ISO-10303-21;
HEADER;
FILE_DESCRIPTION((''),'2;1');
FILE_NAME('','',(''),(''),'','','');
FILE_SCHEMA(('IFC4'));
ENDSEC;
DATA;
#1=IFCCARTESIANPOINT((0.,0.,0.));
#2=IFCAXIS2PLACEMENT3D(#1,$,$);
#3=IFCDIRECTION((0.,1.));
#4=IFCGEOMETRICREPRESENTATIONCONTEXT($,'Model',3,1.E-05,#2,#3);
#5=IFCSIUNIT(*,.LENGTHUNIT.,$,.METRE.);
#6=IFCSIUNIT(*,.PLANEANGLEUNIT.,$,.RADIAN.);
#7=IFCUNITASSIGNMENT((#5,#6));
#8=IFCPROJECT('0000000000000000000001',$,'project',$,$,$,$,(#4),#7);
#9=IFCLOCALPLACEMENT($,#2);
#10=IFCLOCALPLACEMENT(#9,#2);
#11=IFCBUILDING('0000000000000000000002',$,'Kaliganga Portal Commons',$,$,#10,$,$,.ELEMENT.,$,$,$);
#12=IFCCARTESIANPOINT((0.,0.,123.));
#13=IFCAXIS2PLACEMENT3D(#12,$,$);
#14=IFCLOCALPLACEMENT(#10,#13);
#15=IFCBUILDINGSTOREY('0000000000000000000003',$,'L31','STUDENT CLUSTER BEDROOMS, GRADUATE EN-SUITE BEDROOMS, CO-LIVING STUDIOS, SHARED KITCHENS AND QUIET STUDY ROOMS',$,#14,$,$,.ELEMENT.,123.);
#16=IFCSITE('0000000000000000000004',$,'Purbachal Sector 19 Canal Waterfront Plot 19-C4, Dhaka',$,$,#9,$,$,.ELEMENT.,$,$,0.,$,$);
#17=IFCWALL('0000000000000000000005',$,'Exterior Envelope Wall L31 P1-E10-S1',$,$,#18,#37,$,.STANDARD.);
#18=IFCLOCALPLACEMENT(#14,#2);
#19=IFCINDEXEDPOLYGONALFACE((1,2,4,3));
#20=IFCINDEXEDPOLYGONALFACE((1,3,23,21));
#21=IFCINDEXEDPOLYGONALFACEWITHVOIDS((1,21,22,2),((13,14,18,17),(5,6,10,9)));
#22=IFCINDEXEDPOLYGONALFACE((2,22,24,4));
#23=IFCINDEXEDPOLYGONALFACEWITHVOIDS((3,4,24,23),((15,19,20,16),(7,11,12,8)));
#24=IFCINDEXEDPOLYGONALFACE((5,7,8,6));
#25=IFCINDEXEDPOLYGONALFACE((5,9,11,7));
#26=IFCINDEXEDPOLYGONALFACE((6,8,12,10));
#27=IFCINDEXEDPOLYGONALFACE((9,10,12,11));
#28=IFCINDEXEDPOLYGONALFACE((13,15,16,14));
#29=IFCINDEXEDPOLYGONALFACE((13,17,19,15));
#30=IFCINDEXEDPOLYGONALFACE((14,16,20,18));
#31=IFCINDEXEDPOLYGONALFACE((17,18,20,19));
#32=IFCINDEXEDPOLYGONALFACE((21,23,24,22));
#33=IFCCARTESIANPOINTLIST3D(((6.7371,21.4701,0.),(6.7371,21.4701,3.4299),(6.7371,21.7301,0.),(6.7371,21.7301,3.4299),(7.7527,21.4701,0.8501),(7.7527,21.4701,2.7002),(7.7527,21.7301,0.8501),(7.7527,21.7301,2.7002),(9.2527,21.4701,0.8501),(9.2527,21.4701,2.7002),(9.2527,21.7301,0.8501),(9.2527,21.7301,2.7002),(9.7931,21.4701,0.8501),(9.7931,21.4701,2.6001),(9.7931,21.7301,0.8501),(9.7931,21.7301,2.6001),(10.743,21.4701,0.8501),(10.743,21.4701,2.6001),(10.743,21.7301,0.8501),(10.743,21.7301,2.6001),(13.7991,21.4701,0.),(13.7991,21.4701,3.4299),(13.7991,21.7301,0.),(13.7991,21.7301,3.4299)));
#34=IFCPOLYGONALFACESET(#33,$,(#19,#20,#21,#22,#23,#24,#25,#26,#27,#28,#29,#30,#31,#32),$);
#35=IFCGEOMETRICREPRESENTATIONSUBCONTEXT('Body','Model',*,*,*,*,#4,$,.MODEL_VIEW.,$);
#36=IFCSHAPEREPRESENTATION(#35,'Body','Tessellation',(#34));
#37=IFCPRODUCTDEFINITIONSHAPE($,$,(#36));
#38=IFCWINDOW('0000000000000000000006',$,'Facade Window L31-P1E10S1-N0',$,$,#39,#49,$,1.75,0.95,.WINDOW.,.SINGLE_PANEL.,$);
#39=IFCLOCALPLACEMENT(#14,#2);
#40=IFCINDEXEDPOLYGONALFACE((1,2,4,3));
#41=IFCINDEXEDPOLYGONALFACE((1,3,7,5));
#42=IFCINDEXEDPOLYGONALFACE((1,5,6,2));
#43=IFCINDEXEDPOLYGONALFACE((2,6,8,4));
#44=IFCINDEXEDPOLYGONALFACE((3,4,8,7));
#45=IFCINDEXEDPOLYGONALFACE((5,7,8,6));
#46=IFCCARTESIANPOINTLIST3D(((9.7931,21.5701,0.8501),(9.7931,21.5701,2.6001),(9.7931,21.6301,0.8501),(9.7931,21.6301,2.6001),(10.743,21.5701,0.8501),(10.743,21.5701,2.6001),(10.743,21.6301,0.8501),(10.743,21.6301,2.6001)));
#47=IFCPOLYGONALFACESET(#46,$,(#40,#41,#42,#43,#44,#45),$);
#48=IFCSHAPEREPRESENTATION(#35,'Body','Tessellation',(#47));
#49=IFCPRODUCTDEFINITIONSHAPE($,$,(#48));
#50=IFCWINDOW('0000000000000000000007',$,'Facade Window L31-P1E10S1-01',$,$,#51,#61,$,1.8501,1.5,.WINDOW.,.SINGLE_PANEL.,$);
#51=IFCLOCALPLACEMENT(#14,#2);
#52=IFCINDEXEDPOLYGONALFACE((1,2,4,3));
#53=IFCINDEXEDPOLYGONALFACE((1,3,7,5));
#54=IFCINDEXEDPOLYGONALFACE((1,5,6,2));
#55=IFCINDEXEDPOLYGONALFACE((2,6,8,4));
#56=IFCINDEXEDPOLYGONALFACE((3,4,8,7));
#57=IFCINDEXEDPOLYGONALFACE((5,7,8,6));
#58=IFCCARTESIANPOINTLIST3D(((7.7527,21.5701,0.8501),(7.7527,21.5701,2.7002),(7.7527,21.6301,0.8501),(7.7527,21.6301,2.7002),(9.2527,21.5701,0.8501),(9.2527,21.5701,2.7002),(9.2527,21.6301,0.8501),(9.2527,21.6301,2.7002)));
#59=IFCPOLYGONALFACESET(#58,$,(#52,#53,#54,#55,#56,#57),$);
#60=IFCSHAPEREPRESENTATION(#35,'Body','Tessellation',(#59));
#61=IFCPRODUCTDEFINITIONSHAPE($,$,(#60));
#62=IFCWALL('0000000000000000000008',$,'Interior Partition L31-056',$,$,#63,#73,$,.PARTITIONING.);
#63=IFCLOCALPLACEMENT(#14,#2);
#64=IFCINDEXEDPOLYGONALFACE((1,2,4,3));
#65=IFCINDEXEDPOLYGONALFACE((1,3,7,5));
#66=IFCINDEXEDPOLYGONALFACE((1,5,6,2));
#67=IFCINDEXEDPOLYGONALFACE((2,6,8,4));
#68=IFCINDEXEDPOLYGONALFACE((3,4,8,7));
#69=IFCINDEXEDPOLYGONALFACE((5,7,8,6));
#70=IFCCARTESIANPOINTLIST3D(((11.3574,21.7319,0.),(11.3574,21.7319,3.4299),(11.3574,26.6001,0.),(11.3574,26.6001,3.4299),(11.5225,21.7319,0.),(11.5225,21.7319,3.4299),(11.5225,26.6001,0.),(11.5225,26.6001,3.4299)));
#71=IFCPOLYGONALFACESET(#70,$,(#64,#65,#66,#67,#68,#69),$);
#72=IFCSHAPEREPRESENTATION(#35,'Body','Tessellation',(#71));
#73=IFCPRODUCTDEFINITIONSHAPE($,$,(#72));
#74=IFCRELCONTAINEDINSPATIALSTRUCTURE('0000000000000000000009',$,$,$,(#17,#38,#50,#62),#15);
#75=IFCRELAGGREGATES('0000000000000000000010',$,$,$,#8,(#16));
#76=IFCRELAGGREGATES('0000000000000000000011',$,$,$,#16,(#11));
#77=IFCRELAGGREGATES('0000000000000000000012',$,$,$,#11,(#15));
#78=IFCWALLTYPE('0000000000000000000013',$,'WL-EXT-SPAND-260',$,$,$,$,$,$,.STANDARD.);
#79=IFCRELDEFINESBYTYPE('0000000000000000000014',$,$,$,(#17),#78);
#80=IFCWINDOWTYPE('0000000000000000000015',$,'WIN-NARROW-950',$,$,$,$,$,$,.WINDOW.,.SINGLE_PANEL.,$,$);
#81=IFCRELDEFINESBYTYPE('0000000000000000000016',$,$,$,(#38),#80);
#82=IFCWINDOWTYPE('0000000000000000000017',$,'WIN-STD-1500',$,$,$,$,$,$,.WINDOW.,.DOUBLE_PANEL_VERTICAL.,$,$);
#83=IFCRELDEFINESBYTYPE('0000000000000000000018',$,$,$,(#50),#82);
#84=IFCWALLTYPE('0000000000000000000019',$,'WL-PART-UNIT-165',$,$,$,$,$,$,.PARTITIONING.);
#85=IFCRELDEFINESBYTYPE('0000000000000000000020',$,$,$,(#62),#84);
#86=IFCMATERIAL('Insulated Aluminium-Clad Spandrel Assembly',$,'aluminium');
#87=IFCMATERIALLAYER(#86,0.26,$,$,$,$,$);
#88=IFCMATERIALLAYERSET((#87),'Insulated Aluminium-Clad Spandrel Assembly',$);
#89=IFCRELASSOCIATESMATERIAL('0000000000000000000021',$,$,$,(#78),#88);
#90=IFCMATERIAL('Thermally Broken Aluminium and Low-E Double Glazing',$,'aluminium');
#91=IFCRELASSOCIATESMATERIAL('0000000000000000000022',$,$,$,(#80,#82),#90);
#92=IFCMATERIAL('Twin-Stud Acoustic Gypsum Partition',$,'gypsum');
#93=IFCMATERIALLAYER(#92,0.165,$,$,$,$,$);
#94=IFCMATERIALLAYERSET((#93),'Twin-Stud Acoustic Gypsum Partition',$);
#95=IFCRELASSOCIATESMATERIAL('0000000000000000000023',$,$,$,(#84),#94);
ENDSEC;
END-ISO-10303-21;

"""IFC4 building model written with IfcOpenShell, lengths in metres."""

from ifc_helpers import new_model, si_unit, direction, frame, frame_2d, origin, place, context, subcontext, project, spatial, rectangle, extrude, material, layer, layer_set, type_object, element, fill, save


model = new_model("IFC4")

# Units and contexts
model_context = context("Model", 3, precision=1e-05, world=origin(), true_north=direction((0.0, 1.0)))
body_context = subcontext(model_context, "Body", "Model", "MODEL_VIEW")
ifc_project = project(units=[si_unit("LENGTHUNIT", "METRE"), si_unit("PLANEANGLEUNIT", "RADIAN")], contexts=[model_context])

# Site, building, storey
site_placement = place(None, origin())
site = spatial("IfcSite", under=ifc_project, at=site_placement, Name="Purbachal Sector 19 Canal Waterfront Plot 19-C4, Dhaka", CompositionType="ELEMENT", RefElevation=0.0)
building_placement = place(site_placement, origin())
building = spatial("IfcBuilding", under=site, at=building_placement, Name="Kaliganga Portal Commons", CompositionType="ELEMENT")
storey_placement = place(building_placement, frame((0.0, 0.0, 123.0)))
storey = spatial("IfcBuildingStorey", under=building, at=storey_placement, Name="L31", Description="STUDENT CLUSTER BEDROOMS, GRADUATE EN-SUITE BEDROOMS, CO-LIVING STUDIOS, SHARED KITCHENS AND QUIET STUDY ROOMS", CompositionType="ELEMENT", Elevation=123.0)

# Wall, openings, windows
ifc_material_1 = material(Name="Insulated Aluminium-Clad Spandrel Assembly", Category="aluminium")
ifc_layer_1 = layer(ifc_material_1, 0.26)
ifc_layer_set_1 = layer_set([ifc_layer_1], Name="Insulated Aluminium-Clad Spandrel Assembly")
wall_type_1 = type_object("IfcWallType", Name="WL-EXT-SPAND-260", PredefinedType="STANDARD", material=ifc_layer_set_1)
wall_1_placement = place(storey_placement, frame((13.7991, 21.6001, 0.0), z_axis=(0.0, 0.0, 1.0), x_axis=(-1.0, 0.0, 0.0)))
wall_1 = element("IfcWall", 1, at=wall_1_placement, inside=storey, type_object=wall_type_1, Name="Exterior Envelope Wall L31 P1-E10-S1", PredefinedType="STANDARD", context=body_context, shape_type="SweptSolid", body=[
    extrude(rectangle(XDim=7.062, YDim=0.26, at=frame_2d((3.531, 0.0))), origin(), (0.0, 0.0, 1.0), 3.4299),
])
opening_1_placement = place(wall_1_placement, frame((4.5464, 0.0, 0.8501)))
opening_1 = element("IfcOpeningElement", 2, at=opening_1_placement, cuts=wall_1, PredefinedType="OPENING", context=body_context, shape_type="SweptSolid", body=[
    extrude(rectangle(XDim=1.5, YDim=1.8501, at=frame_2d((0.75, 0.925))), frame((0.0, 0.1401, 0.0), z_axis=(0.0, -1.0, 0.0), x_axis=(1.0, 0.0, 0.0)), (0.0, 0.0, 1.0), 0.28),
])
opening_2_placement = place(wall_1_placement, frame((3.0559, 0.0, 0.8501)))
opening_2 = element("IfcOpeningElement", 3, at=opening_2_placement, cuts=wall_1, PredefinedType="OPENING", context=body_context, shape_type="SweptSolid", body=[
    extrude(rectangle(XDim=0.95, YDim=1.75, at=frame_2d((0.4751, 0.875))), frame((0.0, 0.1401, 0.0), z_axis=(0.0, -1.0, 0.0), x_axis=(1.0, 0.0, 0.0)), (0.0, 0.0, 1.0), 0.28),
])
ifc_material_2 = material(Name="Thermally Broken Aluminium and Low-E Double Glazing", Category="aluminium")
window_type_1 = type_object("IfcWindowType", Name="WIN-NARROW-950", PartitioningType="SINGLE_PANEL", PredefinedType="WINDOW", material=ifc_material_2)
window_1_placement = place(opening_2_placement, origin())
window_1 = element("IfcWindow", 4, at=window_1_placement, inside=storey, type_object=window_type_1, Name="Facade Window L31-P1E10S1-N0", OverallHeight=1.75, OverallWidth=0.95, PartitioningType="SINGLE_PANEL", PredefinedType="WINDOW", context=body_context, shape_type="SweptSolid", body=[
    extrude(rectangle(XDim=0.95, YDim=1.75, at=frame_2d((0.4751, 0.875))), frame((0.0, 0.03, 0.0), z_axis=(0.0, -1.0, 0.0), x_axis=(1.0, 0.0, 0.0)), (0.0, 0.0, 1.0), 0.0601),
])
fill(opening_2, window_1)
window_type_2 = type_object("IfcWindowType", Name="WIN-STD-1500", PartitioningType="DOUBLE_PANEL_VERTICAL", PredefinedType="WINDOW", material=ifc_material_2)
window_2_placement = place(opening_1_placement, origin())
window_2 = element("IfcWindow", 5, at=window_2_placement, inside=storey, type_object=window_type_2, Name="Facade Window L31-P1E10S1-01", OverallHeight=1.8501, OverallWidth=1.5, PartitioningType="SINGLE_PANEL", PredefinedType="WINDOW", context=body_context, shape_type="SweptSolid", body=[
    extrude(rectangle(XDim=1.5, YDim=1.8501, at=frame_2d((0.75, 0.925))), frame((0.0, 0.03, 0.0), z_axis=(0.0, -1.0, 0.0), x_axis=(1.0, 0.0, 0.0)), (0.0, 0.0, 1.0), 0.0601),
])
fill(opening_1, window_2)

# Wall
ifc_material_3 = material(Name="Twin-Stud Acoustic Gypsum Partition", Category="gypsum")
ifc_layer_2 = layer(ifc_material_3, 0.165)
ifc_layer_set_2 = layer_set([ifc_layer_2], Name="Twin-Stud Acoustic Gypsum Partition")
wall_type_2 = type_object("IfcWallType", Name="WL-PART-UNIT-165", PredefinedType="PARTITIONING", material=ifc_layer_set_2)
wall_2_placement = place(storey_placement, frame((11.4399, 21.7319, 0.0), z_axis=(0.0, 0.0, 1.0), x_axis=(0.0, 1.0, 0.0)))
element("IfcWall", 6, at=wall_2_placement, inside=storey, type_object=wall_type_2, Name="Interior Partition L31-056", PredefinedType="PARTITIONING", context=body_context, shape_type="SweptSolid", body=[
    extrude(rectangle(XDim=4.8682, YDim=0.165, at=frame_2d((2.4341, 0.0))), origin(), (0.0, 0.0, 1.0), 3.4299),
])

save(model, "model.ifc")
